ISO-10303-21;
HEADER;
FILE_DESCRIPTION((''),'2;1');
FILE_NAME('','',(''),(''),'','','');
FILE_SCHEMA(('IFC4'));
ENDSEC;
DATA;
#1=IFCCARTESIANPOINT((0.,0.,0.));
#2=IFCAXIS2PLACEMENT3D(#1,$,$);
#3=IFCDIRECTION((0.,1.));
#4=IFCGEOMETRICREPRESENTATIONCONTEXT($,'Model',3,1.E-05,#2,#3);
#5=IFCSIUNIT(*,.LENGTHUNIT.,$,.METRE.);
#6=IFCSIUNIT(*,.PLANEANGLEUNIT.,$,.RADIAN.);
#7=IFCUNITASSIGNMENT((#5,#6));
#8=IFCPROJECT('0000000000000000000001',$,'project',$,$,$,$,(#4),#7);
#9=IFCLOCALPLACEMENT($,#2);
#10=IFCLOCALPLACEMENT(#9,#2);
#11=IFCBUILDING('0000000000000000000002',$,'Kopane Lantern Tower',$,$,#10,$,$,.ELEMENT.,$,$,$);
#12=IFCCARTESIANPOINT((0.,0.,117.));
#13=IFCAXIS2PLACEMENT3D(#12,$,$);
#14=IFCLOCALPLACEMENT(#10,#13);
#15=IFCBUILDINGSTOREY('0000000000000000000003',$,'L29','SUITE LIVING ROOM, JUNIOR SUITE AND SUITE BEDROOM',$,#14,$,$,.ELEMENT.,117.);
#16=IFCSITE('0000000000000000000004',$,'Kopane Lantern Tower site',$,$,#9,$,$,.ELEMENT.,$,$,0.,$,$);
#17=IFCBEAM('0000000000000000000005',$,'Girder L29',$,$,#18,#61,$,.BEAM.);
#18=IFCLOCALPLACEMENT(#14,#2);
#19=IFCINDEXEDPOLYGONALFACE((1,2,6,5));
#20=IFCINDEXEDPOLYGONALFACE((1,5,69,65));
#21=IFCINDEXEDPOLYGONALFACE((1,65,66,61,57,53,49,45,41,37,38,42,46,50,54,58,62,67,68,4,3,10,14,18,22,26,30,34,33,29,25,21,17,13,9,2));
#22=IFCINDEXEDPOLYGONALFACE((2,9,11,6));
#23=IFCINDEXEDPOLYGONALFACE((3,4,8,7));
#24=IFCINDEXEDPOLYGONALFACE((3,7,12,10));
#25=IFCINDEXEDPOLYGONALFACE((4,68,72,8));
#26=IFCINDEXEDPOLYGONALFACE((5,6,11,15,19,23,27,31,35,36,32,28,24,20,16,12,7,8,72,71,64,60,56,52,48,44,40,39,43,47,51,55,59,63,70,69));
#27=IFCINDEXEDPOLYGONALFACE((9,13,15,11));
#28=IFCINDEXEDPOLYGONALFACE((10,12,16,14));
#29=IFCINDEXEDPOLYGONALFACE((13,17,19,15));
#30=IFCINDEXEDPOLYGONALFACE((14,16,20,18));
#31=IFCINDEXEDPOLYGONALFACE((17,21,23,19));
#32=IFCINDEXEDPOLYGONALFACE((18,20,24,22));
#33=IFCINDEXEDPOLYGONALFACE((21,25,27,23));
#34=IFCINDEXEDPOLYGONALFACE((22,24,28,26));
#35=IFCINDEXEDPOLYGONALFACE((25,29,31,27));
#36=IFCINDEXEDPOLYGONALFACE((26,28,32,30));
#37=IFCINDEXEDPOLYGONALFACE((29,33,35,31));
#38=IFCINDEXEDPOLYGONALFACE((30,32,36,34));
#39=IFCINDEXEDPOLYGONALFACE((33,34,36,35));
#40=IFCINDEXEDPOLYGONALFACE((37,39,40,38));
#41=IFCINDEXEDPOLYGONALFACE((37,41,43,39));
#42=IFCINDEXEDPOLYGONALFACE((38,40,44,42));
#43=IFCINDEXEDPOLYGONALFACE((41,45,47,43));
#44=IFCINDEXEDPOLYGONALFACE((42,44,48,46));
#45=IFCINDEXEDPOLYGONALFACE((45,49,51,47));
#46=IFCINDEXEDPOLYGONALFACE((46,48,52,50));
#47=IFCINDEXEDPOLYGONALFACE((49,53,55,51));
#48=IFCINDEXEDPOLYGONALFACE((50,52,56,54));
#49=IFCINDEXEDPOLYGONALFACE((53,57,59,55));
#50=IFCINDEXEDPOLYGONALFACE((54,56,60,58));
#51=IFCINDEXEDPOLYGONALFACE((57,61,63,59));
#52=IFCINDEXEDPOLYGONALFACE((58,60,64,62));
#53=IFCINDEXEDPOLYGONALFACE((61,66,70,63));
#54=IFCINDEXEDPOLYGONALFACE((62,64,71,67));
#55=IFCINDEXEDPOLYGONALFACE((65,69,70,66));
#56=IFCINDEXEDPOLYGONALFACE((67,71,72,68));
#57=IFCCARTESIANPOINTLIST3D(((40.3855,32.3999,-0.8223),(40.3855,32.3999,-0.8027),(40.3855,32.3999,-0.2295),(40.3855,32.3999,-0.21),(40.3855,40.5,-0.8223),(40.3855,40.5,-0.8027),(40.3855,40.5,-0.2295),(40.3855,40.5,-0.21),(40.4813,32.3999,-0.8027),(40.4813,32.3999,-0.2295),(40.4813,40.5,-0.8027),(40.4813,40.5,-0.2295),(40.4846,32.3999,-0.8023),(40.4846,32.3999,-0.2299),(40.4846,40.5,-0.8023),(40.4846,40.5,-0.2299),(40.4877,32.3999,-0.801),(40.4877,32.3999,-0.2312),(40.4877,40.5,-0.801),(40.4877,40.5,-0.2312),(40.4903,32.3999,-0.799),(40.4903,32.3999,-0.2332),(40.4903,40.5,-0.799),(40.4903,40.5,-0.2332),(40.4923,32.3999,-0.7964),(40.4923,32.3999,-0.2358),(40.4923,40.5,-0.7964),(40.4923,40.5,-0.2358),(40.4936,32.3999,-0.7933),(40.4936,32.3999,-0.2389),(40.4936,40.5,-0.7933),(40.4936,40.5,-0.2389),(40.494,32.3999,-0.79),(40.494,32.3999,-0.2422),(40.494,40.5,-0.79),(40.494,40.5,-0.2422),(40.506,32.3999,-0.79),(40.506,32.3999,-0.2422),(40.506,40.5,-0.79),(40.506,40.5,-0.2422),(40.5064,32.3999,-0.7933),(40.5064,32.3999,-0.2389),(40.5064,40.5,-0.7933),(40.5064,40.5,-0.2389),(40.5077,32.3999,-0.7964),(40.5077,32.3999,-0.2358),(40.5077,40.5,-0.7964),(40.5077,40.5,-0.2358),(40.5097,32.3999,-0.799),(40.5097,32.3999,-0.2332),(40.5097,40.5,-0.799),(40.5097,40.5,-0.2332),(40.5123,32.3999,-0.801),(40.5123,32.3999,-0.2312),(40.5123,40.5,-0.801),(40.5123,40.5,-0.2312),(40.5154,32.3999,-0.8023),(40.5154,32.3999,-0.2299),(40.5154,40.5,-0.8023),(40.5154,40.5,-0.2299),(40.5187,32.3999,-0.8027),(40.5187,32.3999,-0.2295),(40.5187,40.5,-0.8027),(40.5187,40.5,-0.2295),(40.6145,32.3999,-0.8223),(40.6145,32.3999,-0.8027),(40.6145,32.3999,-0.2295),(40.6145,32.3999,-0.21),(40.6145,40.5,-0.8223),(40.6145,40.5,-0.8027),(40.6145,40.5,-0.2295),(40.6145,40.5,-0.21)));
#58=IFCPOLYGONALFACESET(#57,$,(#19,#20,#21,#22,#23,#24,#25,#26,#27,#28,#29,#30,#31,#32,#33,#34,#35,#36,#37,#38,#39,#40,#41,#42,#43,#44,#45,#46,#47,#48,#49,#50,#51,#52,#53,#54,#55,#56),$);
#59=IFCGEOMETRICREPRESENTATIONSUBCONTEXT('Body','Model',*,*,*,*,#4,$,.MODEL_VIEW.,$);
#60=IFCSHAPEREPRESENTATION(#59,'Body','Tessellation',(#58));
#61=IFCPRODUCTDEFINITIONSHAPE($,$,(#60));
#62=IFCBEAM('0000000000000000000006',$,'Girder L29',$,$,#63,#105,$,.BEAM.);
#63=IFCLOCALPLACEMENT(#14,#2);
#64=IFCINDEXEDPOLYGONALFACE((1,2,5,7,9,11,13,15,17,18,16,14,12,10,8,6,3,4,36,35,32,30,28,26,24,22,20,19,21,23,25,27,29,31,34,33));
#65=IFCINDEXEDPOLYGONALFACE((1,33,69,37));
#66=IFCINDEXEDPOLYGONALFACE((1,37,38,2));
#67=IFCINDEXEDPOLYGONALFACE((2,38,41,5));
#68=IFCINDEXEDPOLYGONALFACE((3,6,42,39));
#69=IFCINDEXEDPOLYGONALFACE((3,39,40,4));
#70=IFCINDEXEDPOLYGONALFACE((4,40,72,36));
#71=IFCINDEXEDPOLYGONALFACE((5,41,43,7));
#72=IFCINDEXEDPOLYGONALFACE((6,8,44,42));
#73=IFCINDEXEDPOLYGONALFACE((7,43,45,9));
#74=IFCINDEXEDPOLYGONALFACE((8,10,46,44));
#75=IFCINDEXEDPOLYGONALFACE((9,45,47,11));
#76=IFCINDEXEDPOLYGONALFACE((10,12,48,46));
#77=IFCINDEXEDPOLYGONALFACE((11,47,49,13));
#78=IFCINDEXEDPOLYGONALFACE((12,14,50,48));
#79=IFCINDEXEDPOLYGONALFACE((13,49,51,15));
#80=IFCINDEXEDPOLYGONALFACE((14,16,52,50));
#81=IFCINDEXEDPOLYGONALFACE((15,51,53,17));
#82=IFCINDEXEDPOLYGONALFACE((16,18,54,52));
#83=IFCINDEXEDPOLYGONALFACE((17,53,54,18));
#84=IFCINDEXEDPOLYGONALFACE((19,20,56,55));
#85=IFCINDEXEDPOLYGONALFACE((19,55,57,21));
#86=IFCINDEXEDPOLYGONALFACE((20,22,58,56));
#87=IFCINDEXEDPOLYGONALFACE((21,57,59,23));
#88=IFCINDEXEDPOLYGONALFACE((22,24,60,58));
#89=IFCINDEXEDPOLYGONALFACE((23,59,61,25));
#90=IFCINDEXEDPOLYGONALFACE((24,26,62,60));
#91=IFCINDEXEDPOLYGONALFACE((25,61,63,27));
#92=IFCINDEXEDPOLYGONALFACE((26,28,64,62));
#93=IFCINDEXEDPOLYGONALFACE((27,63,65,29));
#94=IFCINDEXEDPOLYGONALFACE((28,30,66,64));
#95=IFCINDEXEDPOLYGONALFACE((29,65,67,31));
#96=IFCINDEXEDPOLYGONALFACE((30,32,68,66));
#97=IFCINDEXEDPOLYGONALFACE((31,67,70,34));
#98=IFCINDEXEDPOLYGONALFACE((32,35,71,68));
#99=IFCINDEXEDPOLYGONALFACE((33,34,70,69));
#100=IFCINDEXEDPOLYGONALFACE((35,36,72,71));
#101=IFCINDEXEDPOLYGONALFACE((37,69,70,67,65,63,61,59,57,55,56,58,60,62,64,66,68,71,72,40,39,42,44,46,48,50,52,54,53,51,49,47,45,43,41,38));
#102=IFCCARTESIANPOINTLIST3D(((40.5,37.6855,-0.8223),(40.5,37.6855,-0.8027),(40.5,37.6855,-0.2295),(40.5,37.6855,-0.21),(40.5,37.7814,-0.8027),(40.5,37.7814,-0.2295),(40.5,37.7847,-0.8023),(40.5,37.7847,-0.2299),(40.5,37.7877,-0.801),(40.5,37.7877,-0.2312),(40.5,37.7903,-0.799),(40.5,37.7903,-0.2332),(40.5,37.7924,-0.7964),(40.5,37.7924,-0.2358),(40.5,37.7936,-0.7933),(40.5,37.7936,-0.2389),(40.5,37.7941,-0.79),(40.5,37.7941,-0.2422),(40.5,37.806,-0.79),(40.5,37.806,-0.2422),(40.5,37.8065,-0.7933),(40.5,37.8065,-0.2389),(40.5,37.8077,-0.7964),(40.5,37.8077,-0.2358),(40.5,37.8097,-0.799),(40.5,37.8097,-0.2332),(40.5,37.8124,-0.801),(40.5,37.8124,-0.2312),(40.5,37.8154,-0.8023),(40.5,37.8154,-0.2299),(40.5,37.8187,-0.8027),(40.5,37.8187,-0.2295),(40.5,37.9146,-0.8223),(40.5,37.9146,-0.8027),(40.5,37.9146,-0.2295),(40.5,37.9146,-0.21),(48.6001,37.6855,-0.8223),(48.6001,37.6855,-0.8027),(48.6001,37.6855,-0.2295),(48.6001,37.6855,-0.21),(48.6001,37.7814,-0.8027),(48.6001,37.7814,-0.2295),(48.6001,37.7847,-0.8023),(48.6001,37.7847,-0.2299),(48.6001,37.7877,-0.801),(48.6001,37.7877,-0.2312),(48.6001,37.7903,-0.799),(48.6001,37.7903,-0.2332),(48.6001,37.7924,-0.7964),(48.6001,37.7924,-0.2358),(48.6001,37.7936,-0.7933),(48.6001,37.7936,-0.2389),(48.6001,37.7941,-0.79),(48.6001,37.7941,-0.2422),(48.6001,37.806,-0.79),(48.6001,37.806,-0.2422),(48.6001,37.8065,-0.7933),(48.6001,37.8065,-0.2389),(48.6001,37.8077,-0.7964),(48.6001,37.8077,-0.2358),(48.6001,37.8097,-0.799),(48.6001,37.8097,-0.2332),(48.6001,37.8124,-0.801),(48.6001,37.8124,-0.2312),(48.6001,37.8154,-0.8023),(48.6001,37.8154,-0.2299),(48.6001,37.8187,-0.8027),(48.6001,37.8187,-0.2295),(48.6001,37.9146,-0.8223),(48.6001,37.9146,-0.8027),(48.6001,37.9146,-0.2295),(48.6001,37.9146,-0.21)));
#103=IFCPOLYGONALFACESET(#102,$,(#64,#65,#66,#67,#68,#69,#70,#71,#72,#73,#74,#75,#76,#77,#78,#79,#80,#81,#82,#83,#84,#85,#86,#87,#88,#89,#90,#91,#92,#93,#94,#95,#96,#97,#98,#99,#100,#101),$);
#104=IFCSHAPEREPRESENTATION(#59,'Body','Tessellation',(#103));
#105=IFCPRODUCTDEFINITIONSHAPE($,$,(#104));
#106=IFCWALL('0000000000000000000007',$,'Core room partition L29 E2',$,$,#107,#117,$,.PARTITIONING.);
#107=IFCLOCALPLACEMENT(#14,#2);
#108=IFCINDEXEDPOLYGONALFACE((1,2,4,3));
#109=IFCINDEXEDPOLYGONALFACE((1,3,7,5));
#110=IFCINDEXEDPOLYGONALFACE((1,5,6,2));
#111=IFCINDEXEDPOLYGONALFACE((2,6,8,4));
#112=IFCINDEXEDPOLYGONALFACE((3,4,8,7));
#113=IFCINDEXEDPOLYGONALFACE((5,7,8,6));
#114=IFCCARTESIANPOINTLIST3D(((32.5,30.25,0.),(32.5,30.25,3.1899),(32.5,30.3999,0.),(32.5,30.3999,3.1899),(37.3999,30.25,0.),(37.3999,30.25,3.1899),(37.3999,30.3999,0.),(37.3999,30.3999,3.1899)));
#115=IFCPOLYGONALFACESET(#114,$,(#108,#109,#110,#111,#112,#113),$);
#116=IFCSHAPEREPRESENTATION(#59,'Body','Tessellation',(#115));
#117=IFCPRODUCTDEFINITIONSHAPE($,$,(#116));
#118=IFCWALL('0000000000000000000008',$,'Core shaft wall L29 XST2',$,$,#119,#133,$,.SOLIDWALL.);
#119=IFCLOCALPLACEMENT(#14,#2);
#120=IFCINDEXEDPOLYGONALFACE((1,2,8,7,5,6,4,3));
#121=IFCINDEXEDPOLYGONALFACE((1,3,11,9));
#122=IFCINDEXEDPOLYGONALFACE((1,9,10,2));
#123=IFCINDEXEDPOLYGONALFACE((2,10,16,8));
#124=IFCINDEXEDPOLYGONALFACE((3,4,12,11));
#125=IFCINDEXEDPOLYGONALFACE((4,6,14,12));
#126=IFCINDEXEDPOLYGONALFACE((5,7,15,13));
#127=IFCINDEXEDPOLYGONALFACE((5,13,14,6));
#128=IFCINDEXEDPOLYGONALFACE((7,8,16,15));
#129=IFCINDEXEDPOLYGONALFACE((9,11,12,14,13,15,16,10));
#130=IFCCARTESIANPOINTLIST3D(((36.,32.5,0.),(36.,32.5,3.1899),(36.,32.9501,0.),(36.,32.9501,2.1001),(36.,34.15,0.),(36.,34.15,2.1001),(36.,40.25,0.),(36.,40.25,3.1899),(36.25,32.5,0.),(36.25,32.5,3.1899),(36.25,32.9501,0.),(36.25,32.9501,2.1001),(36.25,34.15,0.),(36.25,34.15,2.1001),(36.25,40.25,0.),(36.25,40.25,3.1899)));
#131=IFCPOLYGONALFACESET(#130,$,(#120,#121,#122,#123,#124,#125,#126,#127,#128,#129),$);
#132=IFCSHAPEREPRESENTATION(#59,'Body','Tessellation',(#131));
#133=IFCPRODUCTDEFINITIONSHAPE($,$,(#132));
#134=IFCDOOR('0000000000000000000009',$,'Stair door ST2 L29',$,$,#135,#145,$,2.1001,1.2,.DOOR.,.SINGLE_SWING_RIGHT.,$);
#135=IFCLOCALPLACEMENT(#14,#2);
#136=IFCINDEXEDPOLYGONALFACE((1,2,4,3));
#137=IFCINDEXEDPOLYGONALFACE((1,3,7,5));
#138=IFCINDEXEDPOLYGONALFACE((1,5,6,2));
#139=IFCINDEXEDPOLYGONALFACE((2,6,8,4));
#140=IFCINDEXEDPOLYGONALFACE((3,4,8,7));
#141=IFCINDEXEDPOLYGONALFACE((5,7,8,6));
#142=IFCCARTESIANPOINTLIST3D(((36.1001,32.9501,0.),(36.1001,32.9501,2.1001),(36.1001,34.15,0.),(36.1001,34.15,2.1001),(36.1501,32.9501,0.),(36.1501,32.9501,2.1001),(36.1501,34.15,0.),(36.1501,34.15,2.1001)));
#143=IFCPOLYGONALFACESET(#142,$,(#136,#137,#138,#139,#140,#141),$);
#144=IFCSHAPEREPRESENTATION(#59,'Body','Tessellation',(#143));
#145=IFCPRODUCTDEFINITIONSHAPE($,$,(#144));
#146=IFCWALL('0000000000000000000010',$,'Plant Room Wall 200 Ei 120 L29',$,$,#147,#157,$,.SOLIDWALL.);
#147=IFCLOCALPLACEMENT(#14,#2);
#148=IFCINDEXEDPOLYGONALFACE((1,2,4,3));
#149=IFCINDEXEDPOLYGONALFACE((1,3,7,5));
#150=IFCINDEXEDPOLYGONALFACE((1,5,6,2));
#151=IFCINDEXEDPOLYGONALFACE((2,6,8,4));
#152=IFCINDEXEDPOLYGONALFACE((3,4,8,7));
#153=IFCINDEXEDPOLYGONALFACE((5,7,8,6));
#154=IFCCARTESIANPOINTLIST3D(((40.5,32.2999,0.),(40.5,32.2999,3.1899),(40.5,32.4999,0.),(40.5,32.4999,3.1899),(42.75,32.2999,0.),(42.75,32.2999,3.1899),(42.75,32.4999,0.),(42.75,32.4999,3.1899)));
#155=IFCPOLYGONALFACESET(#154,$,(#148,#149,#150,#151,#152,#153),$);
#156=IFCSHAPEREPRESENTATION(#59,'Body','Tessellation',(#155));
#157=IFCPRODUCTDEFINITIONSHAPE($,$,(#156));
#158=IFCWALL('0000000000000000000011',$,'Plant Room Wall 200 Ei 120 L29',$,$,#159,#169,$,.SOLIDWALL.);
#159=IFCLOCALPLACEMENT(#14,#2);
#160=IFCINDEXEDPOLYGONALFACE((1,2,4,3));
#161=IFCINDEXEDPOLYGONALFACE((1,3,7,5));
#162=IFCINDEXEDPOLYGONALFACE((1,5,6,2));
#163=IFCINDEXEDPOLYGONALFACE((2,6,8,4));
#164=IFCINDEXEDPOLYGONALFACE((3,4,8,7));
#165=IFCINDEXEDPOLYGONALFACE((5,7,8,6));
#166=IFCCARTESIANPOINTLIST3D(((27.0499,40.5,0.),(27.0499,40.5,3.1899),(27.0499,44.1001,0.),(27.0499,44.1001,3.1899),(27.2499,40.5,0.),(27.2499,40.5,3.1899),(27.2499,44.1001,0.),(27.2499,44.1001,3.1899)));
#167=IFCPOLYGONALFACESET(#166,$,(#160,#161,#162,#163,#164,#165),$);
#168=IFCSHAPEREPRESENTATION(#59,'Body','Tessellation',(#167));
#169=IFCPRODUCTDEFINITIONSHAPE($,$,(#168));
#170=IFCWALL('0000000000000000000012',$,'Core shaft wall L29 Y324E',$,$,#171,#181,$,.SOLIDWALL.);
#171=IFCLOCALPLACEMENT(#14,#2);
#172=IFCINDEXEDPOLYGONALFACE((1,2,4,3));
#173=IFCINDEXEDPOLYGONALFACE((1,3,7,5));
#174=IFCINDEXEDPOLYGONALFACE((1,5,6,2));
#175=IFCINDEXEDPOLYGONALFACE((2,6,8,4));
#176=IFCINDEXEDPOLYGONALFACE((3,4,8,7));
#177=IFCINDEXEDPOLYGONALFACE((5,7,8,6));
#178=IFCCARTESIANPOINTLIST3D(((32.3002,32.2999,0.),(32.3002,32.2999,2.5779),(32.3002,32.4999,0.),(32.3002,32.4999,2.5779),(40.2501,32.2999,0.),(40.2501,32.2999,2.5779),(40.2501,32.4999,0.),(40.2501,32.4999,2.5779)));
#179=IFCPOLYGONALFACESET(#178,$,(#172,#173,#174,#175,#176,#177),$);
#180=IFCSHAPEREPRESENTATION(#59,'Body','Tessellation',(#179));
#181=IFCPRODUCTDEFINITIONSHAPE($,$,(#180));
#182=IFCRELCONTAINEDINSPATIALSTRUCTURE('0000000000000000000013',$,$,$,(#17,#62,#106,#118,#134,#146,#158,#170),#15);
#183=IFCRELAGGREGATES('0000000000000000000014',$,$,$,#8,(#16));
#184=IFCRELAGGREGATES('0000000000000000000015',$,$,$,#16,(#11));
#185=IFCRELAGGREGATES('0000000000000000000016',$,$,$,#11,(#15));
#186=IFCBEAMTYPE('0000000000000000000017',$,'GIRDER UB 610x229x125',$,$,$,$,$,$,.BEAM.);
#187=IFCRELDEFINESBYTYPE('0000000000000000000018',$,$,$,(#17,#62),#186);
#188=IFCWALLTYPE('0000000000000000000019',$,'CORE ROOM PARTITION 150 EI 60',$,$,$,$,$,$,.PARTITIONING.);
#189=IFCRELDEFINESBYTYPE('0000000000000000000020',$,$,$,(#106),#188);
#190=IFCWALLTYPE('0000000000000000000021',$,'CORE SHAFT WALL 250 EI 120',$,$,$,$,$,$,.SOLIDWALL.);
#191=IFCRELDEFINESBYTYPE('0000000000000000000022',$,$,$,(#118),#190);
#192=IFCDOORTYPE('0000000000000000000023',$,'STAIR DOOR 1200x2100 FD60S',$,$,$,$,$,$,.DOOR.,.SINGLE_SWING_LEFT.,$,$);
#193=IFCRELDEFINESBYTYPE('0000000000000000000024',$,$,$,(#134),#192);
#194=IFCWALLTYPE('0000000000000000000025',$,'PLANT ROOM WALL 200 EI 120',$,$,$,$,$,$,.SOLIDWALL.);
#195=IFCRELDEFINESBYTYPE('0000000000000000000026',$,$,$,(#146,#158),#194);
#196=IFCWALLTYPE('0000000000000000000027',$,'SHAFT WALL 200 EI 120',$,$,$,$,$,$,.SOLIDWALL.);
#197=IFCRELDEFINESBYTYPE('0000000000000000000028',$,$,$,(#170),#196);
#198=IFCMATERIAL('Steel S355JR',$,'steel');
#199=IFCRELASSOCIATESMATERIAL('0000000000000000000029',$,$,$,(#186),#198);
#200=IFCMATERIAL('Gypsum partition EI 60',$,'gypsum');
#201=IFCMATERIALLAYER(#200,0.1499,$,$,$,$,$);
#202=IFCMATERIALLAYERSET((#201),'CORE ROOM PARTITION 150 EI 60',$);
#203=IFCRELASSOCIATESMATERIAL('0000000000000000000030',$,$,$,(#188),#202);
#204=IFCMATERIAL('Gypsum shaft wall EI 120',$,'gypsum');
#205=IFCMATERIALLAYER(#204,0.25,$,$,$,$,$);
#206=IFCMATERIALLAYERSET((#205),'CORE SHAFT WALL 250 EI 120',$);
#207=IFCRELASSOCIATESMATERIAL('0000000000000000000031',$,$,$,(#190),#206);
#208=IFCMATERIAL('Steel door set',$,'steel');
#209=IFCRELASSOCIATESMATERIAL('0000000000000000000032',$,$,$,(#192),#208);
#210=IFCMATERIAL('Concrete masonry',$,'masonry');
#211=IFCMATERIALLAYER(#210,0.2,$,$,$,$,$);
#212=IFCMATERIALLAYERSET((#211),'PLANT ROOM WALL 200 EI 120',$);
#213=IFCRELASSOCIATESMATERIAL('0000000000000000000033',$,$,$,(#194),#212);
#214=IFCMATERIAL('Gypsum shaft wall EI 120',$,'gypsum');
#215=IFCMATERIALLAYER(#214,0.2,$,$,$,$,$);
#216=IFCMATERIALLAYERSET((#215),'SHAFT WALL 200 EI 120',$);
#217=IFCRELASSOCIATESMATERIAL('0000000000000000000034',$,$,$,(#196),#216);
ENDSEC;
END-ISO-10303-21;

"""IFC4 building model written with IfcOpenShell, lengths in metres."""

from ifc_helpers import new_model, si_unit, direction, frame, frame_2d, origin, origin_2d, place, context, subcontext, project, spatial, rectangle, i_section, extrude, material, layer, layer_set, material_profile, profile_set, type_object, element, fill, save


model = new_model("IFC4")

# Units and contexts
model_context = context("Model", 3, precision=1e-05, world=origin(), true_north=direction((0.0, 1.0)))
body_context = subcontext(model_context, "Body", "Model", "MODEL_VIEW")
ifc_project = project(units=[si_unit("LENGTHUNIT", "METRE"), si_unit("PLANEANGLEUNIT", "RADIAN")], contexts=[model_context])

# Site, building, storey
site_placement = place(None, origin())
site = spatial("IfcSite", under=ifc_project, at=site_placement, Name="Kopane Lantern Tower site", CompositionType="ELEMENT", RefElevation=0.0)
building_placement = place(site_placement, origin())
building = spatial("IfcBuilding", under=site, at=building_placement, Name="Kopane Lantern Tower", CompositionType="ELEMENT")
storey_placement = place(building_placement, frame((0.0, 0.0, 117.0)))
storey = spatial("IfcBuildingStorey", under=building, at=storey_placement, Name="L29", Description="SUITE LIVING ROOM, JUNIOR SUITE AND SUITE BEDROOM", CompositionType="ELEMENT", Elevation=117.0)

# Beams
ifc_material_1 = material(Name="Steel S355JR", Category="steel")
ifc_material_profile_1 = material_profile(ifc_material_1, i_section(OverallWidth=0.229, OverallDepth=0.6123, WebThickness=0.012, FlangeThickness=0.0195, FilletRadius=0.0127, at=origin_2d()), Name="UB 610x229x125")
ifc_profile_set_1 = profile_set([ifc_material_profile_1], Name="Steel S355JR")
beam_type_1 = type_object("IfcBeamType", Name="GIRDER UB 610x229x125", PredefinedType="BEAM", material=ifc_profile_set_1)
for number, where, z_axis, x_axis, name in (
    (1, (40.5, 32.3999, -0.5161), (0.0, 1.0, 0.0), (-1.0, 0.0, 0.0), "Girder L29"),
    (2, (40.5, 37.8, -0.5161), (1.0, 0.0, 0.0), (0.0, 1.0, 0.0), "Girder L29"),
):
    element("IfcBeam", number, at=place(storey_placement, frame(where, z_axis=z_axis, x_axis=x_axis)), inside=storey, type_object=beam_type_1, Name=name, PredefinedType="BEAM", context=body_context, shape_type="SweptSolid", body=[
        extrude(i_section(OverallWidth=0.229, OverallDepth=0.6123, WebThickness=0.012, FlangeThickness=0.0195, FilletRadius=0.0127, at=origin_2d()), origin(), (0.0, 0.0, 1.0), 8.1001),
    ])

# Wall
ifc_material_2 = material(Name="Gypsum partition EI 60", Category="gypsum")
ifc_layer_1 = layer(ifc_material_2, 0.1499)
ifc_layer_set_1 = layer_set([ifc_layer_1], Name="CORE ROOM PARTITION 150 EI 60")
wall_type_1 = type_object("IfcWallType", Name="CORE ROOM PARTITION 150 EI 60", PredefinedType="PARTITIONING", material=ifc_layer_set_1)
wall_1_placement = place(storey_placement, frame((32.5, 30.325, 0.0), z_axis=(0.0, 0.0, 1.0), x_axis=(1.0, 0.0, 0.0)))
element("IfcWall", 3, at=wall_1_placement, inside=storey, type_object=wall_type_1, Name="Core room partition L29 E2", PredefinedType="PARTITIONING", context=body_context, shape_type="SweptSolid", body=[
    extrude(rectangle(XDim=4.8999, YDim=0.1499, at=frame_2d((2.45, 0.0))), origin(), (0.0, 0.0, 1.0), 3.1899),
])

# Wall, opening, door
ifc_material_3 = material(Name="Gypsum shaft wall EI 120", Category="gypsum")
ifc_layer_2 = layer(ifc_material_3, 0.25)
ifc_layer_set_2 = layer_set([ifc_layer_2], Name="CORE SHAFT WALL 250 EI 120")
wall_type_2 = type_object("IfcWallType", Name="CORE SHAFT WALL 250 EI 120", PredefinedType="SOLIDWALL", material=ifc_layer_set_2)
wall_2_placement = place(storey_placement, frame((36.125, 32.5, 0.0), z_axis=(0.0, 0.0, 1.0), x_axis=(0.0, 1.0, 0.0)))
wall_2 = element("IfcWall", 4, at=wall_2_placement, inside=storey, type_object=wall_type_2, Name="Core shaft wall L29 XST2", PredefinedType="SOLIDWALL", context=body_context, shape_type="SweptSolid", body=[
    extrude(rectangle(XDim=7.75, YDim=0.25, at=frame_2d((3.875, 0.0))), origin(), (0.0, 0.0, 1.0), 3.1899),
])
opening_1_placement = place(wall_2_placement, frame((0.45, 0.0, 0.0)))
opening_1 = element("IfcOpeningElement", 5, at=opening_1_placement, cuts=wall_2, PredefinedType="OPENING", context=body_context, shape_type="SweptSolid", body=[
    extrude(rectangle(XDim=1.2, YDim=2.1001, at=frame_2d((0.6001, 1.05))), frame((0.0, 0.135, 0.0), z_axis=(0.0, -1.0, 0.0), x_axis=(1.0, 0.0, 0.0)), (0.0, 0.0, 1.0), 0.27),
])
ifc_material_4 = material(Name="Steel door set", Category="steel")
door_type_1 = type_object("IfcDoorType", Name="STAIR DOOR 1200x2100 FD60S", OperationType="SINGLE_SWING_LEFT", PredefinedType="DOOR", material=ifc_material_4)
door_1_placement = place(opening_1_placement, origin())
door_1 = element("IfcDoor", 6, at=door_1_placement, inside=storey, type_object=door_type_1, Name="Stair door ST2 L29", OperationType="SINGLE_SWING_RIGHT", OverallHeight=2.1001, OverallWidth=1.2, PredefinedType="DOOR", context=body_context, shape_type="SweptSolid", body=[
    extrude(rectangle(XDim=1.2, YDim=2.1001, at=frame_2d((0.6001, 1.05))), frame((0.0, 0.0249, 0.0), z_axis=(0.0, -1.0, 0.0), x_axis=(1.0, 0.0, 0.0)), (0.0, 0.0, 1.0), 0.05),
])
fill(opening_1, door_1)

# Walls
ifc_material_5 = material(Name="Concrete masonry", Category="masonry")
ifc_layer_3 = layer(ifc_material_5, 0.2)
ifc_layer_set_3 = layer_set([ifc_layer_3], Name="PLANT ROOM WALL 200 EI 120")
wall_type_3 = type_object("IfcWallType", Name="PLANT ROOM WALL 200 EI 120", PredefinedType="SOLIDWALL", material=ifc_layer_set_3)
wall_3_placement = place(storey_placement, frame((40.5, 32.3999, 0.0), z_axis=(0.0, 0.0, 1.0), x_axis=(1.0, 0.0, 0.0)))
element("IfcWall", 7, at=wall_3_placement, inside=storey, type_object=wall_type_3, Name="Plant Room Wall 200 Ei 120 L29", PredefinedType="SOLIDWALL", context=body_context, shape_type="SweptSolid", body=[
    extrude(rectangle(XDim=2.25, YDim=0.2, at=frame_2d((1.125, 0.0))), origin(), (0.0, 0.0, 1.0), 3.1899),
])
wall_4_placement = place(storey_placement, frame((27.1499, 40.5, 0.0), z_axis=(0.0, 0.0, 1.0), x_axis=(0.0, 1.0, 0.0)))
element("IfcWall", 8, at=wall_4_placement, inside=storey, type_object=wall_type_3, Name="Plant Room Wall 200 Ei 120 L29", PredefinedType="SOLIDWALL", context=body_context, shape_type="SweptSolid", body=[
    extrude(rectangle(XDim=3.6001, YDim=0.2, at=frame_2d((1.8, 0.0))), origin(), (0.0, 0.0, 1.0), 3.1899),
])
ifc_material_6 = material(Name="Gypsum shaft wall EI 120", Category="gypsum")
ifc_layer_4 = layer(ifc_material_6, 0.2)
ifc_layer_set_4 = layer_set([ifc_layer_4], Name="SHAFT WALL 200 EI 120")
wall_type_4 = type_object("IfcWallType", Name="SHAFT WALL 200 EI 120", PredefinedType="SOLIDWALL", material=ifc_layer_set_4)
wall_5_placement = place(storey_placement, frame((32.3, 32.3999, 0.0), z_axis=(0.0, 0.0, 1.0), x_axis=(1.0, 0.0, 0.0)))
element("IfcWall", 9, at=wall_5_placement, inside=storey, type_object=wall_type_4, Name="Core shaft wall L29 Y324E", PredefinedType="SOLIDWALL", context=body_context, shape_type="SweptSolid", body=[
    extrude(rectangle(XDim=7.95, YDim=0.2, at=frame_2d((3.9751, 0.0))), origin(), (0.0, 0.0, 1.0), 2.5779),
])

save(model, "model.ifc")
